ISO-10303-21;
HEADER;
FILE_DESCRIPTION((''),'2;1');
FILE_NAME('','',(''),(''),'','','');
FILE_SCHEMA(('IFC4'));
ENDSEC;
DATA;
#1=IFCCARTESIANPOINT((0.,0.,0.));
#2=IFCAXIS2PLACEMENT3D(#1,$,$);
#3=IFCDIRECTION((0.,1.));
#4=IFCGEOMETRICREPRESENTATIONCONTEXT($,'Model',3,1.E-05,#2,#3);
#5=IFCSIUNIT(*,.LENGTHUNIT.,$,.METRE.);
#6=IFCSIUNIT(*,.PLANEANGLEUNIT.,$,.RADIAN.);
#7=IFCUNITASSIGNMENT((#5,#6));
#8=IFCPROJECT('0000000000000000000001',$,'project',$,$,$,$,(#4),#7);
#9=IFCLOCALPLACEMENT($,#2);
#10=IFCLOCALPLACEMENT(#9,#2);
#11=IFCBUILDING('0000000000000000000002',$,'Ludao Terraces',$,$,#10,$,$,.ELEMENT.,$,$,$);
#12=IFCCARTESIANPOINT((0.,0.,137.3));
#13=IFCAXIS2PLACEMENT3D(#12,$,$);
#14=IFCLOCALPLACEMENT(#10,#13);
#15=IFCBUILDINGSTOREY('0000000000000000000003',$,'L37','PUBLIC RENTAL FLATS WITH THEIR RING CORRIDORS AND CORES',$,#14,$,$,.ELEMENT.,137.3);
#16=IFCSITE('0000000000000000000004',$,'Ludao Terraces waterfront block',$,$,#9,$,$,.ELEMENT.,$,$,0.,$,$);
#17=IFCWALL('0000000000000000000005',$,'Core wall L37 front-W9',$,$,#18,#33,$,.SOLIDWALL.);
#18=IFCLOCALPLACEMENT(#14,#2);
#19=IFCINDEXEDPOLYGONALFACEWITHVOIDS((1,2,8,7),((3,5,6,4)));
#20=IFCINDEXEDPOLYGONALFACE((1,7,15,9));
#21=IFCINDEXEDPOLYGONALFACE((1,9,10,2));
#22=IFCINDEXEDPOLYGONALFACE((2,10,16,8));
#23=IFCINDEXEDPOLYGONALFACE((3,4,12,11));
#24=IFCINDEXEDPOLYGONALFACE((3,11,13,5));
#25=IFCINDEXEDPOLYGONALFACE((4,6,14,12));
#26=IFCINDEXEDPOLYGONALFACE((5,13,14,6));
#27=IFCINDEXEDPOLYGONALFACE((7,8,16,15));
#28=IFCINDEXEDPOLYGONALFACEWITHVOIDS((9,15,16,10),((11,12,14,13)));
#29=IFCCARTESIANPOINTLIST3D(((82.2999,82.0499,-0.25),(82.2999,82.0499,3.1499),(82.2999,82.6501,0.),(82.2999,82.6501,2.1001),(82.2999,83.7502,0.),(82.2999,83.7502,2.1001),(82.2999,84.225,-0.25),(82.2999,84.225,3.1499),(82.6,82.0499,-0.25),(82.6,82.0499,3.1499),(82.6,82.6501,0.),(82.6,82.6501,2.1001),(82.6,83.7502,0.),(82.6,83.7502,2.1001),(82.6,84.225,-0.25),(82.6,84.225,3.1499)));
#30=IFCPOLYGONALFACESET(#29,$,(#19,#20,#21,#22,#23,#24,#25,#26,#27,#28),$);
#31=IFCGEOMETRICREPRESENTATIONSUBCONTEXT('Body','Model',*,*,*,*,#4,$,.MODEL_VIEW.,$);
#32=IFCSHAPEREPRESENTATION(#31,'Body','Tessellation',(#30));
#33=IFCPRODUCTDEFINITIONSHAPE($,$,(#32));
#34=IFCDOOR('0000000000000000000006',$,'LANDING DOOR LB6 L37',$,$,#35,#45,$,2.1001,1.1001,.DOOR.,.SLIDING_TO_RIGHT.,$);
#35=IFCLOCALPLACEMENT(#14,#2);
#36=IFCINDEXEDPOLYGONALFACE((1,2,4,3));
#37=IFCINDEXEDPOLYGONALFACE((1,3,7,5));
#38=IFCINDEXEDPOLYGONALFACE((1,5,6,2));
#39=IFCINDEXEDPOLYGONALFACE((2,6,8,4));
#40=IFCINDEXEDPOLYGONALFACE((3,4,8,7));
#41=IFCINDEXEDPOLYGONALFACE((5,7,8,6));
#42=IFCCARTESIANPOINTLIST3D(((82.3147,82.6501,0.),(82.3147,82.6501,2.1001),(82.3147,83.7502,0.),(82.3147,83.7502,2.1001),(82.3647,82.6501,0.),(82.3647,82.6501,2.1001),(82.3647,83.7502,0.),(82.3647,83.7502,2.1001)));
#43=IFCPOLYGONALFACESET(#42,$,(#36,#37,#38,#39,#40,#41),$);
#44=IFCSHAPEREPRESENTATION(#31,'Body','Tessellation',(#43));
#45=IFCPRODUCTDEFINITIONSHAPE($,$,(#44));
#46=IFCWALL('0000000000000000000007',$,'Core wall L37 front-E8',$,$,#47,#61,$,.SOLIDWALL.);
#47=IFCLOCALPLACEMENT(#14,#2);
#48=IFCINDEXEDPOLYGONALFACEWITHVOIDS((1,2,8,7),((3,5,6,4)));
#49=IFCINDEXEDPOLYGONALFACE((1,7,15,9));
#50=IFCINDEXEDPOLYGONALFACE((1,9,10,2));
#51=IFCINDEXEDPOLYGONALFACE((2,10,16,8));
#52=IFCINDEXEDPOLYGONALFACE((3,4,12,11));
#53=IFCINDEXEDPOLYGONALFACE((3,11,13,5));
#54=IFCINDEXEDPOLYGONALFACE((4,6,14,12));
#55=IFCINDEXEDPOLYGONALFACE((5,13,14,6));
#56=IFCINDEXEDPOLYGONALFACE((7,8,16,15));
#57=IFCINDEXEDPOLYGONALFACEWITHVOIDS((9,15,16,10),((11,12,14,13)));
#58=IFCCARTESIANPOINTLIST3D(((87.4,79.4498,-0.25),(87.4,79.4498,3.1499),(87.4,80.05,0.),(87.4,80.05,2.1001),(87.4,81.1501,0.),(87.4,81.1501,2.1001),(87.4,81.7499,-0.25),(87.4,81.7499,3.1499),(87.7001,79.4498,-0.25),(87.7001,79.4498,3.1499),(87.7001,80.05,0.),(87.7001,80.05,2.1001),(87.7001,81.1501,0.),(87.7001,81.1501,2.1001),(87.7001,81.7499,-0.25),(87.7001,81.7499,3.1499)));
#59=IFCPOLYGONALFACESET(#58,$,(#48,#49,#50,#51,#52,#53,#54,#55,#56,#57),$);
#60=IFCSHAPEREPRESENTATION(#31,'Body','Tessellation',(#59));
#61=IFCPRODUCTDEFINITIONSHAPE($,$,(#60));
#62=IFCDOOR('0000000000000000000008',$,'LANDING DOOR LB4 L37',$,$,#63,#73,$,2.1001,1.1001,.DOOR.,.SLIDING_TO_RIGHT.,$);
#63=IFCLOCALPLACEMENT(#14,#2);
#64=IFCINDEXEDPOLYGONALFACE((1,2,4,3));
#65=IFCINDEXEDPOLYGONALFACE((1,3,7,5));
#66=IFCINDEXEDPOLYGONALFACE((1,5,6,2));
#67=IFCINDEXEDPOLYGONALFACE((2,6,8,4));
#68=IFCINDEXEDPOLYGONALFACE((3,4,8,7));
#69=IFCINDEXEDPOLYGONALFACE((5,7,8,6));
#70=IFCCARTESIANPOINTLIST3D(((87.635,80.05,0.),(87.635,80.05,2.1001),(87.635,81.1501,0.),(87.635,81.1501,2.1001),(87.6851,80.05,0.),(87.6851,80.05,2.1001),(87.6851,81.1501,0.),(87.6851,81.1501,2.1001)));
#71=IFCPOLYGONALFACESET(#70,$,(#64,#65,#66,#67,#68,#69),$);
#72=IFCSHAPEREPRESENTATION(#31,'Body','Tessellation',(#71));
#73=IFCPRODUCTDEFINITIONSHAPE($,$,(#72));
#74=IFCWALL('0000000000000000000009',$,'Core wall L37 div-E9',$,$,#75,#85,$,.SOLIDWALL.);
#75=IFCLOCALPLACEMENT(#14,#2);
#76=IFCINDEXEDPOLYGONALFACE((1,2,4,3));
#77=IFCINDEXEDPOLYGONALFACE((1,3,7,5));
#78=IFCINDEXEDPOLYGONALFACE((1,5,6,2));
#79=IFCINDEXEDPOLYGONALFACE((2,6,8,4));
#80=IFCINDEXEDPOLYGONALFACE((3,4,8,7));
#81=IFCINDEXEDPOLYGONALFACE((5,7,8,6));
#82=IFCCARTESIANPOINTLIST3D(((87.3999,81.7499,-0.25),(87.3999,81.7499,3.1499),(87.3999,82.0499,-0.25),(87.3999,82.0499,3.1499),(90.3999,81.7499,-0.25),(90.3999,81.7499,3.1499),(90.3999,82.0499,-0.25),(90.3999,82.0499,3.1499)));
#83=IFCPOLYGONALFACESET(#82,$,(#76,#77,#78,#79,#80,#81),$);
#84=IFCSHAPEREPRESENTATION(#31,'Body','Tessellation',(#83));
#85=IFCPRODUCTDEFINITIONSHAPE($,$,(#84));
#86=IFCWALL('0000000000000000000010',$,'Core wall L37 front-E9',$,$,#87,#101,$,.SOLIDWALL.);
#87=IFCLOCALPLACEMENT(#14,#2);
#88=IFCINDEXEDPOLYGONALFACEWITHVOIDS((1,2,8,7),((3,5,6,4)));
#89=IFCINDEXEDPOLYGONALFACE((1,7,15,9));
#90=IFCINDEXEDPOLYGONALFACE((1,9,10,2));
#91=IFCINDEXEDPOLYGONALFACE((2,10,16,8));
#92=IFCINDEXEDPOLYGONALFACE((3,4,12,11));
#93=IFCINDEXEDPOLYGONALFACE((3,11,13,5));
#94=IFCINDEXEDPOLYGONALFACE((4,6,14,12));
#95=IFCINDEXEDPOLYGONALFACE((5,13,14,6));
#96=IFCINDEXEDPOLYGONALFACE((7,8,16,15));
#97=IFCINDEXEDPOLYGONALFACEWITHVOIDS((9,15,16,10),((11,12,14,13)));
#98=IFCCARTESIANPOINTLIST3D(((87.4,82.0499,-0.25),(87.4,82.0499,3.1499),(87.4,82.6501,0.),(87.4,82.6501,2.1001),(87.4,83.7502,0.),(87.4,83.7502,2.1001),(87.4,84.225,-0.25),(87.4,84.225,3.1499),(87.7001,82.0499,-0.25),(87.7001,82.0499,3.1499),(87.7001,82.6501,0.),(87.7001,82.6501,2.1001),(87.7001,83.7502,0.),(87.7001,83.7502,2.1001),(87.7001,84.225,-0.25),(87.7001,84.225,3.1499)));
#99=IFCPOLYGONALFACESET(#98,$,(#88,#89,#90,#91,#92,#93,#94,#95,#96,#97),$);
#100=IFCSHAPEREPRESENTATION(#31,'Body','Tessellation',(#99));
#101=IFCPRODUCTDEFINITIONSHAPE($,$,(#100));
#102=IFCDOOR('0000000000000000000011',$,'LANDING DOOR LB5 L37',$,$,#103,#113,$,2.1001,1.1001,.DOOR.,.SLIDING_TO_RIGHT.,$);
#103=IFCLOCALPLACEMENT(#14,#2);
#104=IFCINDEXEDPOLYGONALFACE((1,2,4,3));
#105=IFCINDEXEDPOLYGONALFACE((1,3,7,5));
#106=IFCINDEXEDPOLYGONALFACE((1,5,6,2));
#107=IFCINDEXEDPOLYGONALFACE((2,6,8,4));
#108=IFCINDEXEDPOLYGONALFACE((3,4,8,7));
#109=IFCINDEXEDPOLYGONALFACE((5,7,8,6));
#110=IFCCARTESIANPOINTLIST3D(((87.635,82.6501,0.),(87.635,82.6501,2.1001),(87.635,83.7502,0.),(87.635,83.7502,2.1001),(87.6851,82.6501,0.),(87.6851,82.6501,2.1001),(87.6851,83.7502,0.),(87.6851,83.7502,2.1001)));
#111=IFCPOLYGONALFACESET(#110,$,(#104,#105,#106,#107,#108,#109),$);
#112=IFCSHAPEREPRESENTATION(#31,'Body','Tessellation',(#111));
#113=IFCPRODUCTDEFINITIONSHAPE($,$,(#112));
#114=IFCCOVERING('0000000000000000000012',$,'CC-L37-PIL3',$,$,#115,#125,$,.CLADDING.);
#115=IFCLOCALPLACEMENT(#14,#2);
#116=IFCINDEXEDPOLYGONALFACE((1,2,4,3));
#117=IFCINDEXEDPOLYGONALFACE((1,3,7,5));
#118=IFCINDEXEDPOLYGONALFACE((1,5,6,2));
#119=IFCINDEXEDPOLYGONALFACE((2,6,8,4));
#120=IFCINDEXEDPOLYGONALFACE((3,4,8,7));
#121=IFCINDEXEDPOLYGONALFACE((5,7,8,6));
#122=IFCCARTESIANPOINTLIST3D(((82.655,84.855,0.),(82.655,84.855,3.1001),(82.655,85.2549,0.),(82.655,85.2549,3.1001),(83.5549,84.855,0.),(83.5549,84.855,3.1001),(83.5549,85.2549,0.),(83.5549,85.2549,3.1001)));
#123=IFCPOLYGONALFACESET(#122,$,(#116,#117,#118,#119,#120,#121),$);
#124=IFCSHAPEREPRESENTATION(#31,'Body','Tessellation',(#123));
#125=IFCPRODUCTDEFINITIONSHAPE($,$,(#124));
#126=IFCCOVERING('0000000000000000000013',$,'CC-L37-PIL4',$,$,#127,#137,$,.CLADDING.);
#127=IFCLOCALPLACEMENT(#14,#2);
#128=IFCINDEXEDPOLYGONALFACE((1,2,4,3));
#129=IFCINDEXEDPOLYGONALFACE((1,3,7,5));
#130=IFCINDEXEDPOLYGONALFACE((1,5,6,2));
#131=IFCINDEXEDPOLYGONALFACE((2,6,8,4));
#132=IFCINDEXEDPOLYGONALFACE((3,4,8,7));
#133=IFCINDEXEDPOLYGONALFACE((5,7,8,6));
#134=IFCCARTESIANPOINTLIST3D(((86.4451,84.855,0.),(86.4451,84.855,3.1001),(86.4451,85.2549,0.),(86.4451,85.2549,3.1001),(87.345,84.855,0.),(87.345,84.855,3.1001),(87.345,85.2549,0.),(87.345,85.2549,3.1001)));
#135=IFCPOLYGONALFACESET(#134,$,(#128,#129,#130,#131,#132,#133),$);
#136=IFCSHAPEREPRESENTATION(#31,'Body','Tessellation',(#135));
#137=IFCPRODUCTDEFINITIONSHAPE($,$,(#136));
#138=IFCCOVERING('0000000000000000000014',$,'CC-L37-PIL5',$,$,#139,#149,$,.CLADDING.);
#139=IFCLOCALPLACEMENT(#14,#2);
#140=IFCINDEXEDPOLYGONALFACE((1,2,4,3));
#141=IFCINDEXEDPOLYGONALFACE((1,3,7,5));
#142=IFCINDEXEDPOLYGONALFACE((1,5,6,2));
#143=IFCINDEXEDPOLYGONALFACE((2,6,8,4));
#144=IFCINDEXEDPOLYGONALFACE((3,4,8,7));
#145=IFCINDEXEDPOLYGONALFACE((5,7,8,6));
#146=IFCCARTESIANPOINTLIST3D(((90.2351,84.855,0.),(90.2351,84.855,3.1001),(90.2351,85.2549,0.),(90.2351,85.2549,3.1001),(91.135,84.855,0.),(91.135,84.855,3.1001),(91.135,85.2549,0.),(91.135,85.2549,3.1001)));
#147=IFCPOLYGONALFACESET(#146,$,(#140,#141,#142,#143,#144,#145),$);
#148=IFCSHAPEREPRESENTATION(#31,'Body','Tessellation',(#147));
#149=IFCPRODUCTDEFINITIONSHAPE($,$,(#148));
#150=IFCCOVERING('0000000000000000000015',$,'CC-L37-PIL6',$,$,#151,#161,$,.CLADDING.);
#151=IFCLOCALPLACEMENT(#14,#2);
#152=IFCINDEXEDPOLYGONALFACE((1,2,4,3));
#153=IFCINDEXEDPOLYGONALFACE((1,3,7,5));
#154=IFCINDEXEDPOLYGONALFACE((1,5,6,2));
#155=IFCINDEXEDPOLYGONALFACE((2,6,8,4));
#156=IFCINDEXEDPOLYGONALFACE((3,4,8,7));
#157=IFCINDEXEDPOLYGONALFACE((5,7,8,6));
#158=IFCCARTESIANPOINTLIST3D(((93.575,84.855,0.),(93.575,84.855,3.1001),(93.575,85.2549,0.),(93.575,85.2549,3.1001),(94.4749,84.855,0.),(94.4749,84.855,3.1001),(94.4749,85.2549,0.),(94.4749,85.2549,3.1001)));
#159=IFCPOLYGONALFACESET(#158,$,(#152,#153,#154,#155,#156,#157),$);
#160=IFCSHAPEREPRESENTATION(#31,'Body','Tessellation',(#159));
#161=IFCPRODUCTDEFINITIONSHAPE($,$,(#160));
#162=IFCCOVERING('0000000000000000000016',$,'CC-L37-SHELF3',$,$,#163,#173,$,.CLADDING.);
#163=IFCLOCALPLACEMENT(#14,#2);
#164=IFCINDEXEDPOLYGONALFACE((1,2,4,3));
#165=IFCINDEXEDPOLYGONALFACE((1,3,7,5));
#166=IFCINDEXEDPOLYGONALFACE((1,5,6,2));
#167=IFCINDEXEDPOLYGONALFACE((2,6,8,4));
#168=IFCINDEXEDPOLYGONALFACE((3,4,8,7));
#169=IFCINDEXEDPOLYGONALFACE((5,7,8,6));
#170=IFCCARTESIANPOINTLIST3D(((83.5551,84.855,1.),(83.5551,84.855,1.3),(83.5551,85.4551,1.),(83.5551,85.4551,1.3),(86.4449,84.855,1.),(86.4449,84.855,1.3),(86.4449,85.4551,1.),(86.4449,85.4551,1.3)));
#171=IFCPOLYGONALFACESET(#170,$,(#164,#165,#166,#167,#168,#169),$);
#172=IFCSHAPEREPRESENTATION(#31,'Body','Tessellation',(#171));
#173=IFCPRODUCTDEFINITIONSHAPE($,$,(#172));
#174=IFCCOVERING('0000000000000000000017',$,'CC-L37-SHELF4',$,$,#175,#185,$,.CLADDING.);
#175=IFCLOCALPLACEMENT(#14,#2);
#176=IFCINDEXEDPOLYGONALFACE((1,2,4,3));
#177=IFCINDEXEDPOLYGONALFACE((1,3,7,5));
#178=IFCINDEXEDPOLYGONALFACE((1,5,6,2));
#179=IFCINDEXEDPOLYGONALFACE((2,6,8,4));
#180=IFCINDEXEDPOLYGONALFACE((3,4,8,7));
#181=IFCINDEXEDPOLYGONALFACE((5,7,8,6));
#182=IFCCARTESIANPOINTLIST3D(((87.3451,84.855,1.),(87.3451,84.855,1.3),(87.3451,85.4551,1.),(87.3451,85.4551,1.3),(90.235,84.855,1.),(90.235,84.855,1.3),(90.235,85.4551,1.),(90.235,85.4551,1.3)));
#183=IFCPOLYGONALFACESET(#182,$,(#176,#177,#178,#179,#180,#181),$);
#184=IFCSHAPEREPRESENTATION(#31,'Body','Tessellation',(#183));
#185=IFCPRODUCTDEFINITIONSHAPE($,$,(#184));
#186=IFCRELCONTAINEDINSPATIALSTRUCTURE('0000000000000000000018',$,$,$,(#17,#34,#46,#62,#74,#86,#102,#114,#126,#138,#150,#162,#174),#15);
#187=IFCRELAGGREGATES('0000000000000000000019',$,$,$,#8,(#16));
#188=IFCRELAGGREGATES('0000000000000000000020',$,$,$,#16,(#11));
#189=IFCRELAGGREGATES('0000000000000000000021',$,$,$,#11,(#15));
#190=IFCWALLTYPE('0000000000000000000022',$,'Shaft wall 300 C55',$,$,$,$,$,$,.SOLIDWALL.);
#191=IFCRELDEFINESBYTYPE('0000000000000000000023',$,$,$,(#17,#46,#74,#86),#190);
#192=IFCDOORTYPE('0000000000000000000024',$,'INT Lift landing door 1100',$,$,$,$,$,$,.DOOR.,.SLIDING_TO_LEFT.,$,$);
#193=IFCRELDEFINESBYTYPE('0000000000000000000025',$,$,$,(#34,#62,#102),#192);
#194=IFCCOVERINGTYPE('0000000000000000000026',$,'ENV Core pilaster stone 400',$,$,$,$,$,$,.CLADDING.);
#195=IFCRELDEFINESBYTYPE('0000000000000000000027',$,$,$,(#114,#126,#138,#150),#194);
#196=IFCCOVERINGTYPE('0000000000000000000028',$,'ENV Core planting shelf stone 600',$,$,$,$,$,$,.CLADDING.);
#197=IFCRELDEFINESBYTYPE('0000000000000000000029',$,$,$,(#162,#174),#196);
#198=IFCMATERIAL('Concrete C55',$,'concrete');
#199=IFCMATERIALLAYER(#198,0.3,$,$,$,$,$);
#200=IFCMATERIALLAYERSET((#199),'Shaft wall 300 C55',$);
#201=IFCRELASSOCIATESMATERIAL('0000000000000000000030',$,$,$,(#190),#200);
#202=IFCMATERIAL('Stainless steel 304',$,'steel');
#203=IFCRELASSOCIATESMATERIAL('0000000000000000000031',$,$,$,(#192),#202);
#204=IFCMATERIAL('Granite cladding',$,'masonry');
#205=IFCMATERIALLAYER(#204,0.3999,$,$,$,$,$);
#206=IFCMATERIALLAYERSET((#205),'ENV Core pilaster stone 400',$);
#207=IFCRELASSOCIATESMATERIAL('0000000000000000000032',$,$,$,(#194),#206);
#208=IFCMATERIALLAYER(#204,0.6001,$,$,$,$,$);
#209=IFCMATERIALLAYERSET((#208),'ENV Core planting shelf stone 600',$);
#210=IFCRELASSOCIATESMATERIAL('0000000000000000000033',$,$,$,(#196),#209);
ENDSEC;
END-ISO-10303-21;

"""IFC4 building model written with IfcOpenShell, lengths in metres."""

from ifc_helpers import new_model, si_unit, direction, frame, frame_2d, origin, origin_2d, place, context, subcontext, project, spatial, rectangle, extrude, material, layer, layer_set, type_object, element, fill, save


model = new_model("IFC4")

# Units and contexts
model_context = context("Model", 3, precision=1e-05, world=origin(), true_north=direction((0.0, 1.0)))
body_context = subcontext(model_context, "Body", "Model", "MODEL_VIEW")
ifc_project = project(units=[si_unit("LENGTHUNIT", "METRE"), si_unit("PLANEANGLEUNIT", "RADIAN")], contexts=[model_context])

# Site, building, storey
site_placement = place(None, origin())
site = spatial("IfcSite", under=ifc_project, at=site_placement, Name="Ludao Terraces waterfront block", CompositionType="ELEMENT", RefElevation=0.0)
building_placement = place(site_placement, origin())
building = spatial("IfcBuilding", under=site, at=building_placement, Name="Ludao Terraces", CompositionType="ELEMENT")
storey_placement = place(building_placement, frame((0.0, 0.0, 137.3)))
storey = spatial("IfcBuildingStorey", under=building, at=storey_placement, Name="L37", Description="PUBLIC RENTAL FLATS WITH THEIR RING CORRIDORS AND CORES", CompositionType="ELEMENT", Elevation=137.3)

# Walls, openings, doors
ifc_material_1 = material(Name="Concrete C55", Category="concrete")
ifc_layer_1 = layer(ifc_material_1, 0.3)
ifc_layer_set_1 = layer_set([ifc_layer_1], Name="Shaft wall 300 C55")
wall_type = type_object("IfcWallType", Name="Shaft wall 300 C55", PredefinedType="SOLIDWALL", material=ifc_layer_set_1)
wall_1_placement = place(storey_placement, frame((82.45, 82.05, -0.25), z_axis=(0.0, 0.0, 1.0), x_axis=(0.0, 1.0, 0.0)))
wall_1 = element("IfcWall", 1, at=wall_1_placement, inside=storey, type_object=wall_type, Name="Core wall L37 front-W9", PredefinedType="SOLIDWALL", context=body_context, shape_type="SweptSolid", body=[
    extrude(rectangle(XDim=2.175, YDim=0.3, at=frame_2d((1.0874, 0.0))), origin(), (0.0, 0.0, 1.0), 3.3999),
])
opening_1_placement = place(wall_1_placement, frame((0.6001, 0.0, 0.25)))
opening_1 = element("IfcOpeningElement", 2, at=opening_1_placement, cuts=wall_1, PredefinedType="OPENING", context=body_context, shape_type="SweptSolid", body=[
    extrude(rectangle(XDim=1.1001, YDim=2.1001, at=frame_2d((0.55, 1.05))), frame((0.0, 0.1602, 0.0), z_axis=(0.0, -1.0, 0.0), x_axis=(1.0, 0.0, 0.0)), (0.0, 0.0, 1.0), 0.3201),
])
ifc_material_2 = material(Name="Stainless steel 304", Category="steel")
door_type = type_object("IfcDoorType", Name="INT Lift landing door 1100", OperationType="SLIDING_TO_LEFT", PredefinedType="DOOR", material=ifc_material_2)
door_1_placement = place(opening_1_placement, origin())
door_1 = element("IfcDoor", 3, at=door_1_placement, inside=storey, type_object=door_type, Name="LANDING DOOR LB6 L37", OperationType="SLIDING_TO_RIGHT", OverallHeight=2.1001, OverallWidth=1.1001, PredefinedType="DOOR", context=body_context, shape_type="SweptSolid", body=[
    extrude(rectangle(XDim=1.1001, YDim=2.1001, at=frame_2d((0.55, 1.05))), frame((0.0, 0.1353, 0.0), z_axis=(0.0, -1.0, 0.0), x_axis=(1.0, 0.0, 0.0)), (0.0, 0.0, 1.0), 0.05),
])
fill(opening_1, door_1)
wall_2_placement = place(storey_placement, frame((87.55, 79.45, -0.25), z_axis=(0.0, 0.0, 1.0), x_axis=(0.0, 1.0, 0.0)))
wall_2 = element("IfcWall", 4, at=wall_2_placement, inside=storey, type_object=wall_type, Name="Core wall L37 front-E8", PredefinedType="SOLIDWALL", context=body_context, shape_type="SweptSolid", body=[
    extrude(rectangle(XDim=2.3, YDim=0.3, at=frame_2d((1.1499, 0.0))), origin(), (0.0, 0.0, 1.0), 3.3999),
])
opening_2_placement = place(wall_2_placement, frame((0.6001, 0.0, 0.25)))
opening_2 = element("IfcOpeningElement", 5, at=opening_2_placement, cuts=wall_2, PredefinedType="OPENING", context=body_context, shape_type="SweptSolid", body=[
    extrude(rectangle(XDim=1.1001, YDim=2.1001, at=frame_2d((0.55, 1.05))), frame((0.0, 0.1602, 0.0), z_axis=(0.0, -1.0, 0.0), x_axis=(1.0, 0.0, 0.0)), (0.0, 0.0, 1.0), 0.3201),
])
door_2_placement = place(opening_2_placement, origin())
door_2 = element("IfcDoor", 6, at=door_2_placement, inside=storey, type_object=door_type, Name="LANDING DOOR LB4 L37", OperationType="SLIDING_TO_RIGHT", OverallHeight=2.1001, OverallWidth=1.1001, PredefinedType="DOOR", context=body_context, shape_type="SweptSolid", body=[
    extrude(rectangle(XDim=1.1001, YDim=2.1001, at=frame_2d((0.55, 1.05))), frame((0.0, -0.085, 0.0), z_axis=(0.0, -1.0, 0.0), x_axis=(1.0, 0.0, 0.0)), (0.0, 0.0, 1.0), 0.05),
])
fill(opening_2, door_2)

# Wall
wall_3_placement = place(storey_placement, frame((87.3999, 81.8999, -0.25), z_axis=(0.0, 0.0, 1.0), x_axis=(1.0, 0.0, 0.0)))
element("IfcWall", 7, at=wall_3_placement, inside=storey, type_object=wall_type, Name="Core wall L37 div-E9", PredefinedType="SOLIDWALL", context=body_context, shape_type="SweptSolid", body=[
    extrude(rectangle(XDim=3.0, YDim=0.3, at=frame_2d((1.5, 0.0))), origin(), (0.0, 0.0, 1.0), 3.3999),
])

# Wall, opening, door
wall_4_placement = place(storey_placement, frame((87.55, 82.05, -0.25), z_axis=(0.0, 0.0, 1.0), x_axis=(0.0, 1.0, 0.0)))
wall_4 = element("IfcWall", 8, at=wall_4_placement, inside=storey, type_object=wall_type, Name="Core wall L37 front-E9", PredefinedType="SOLIDWALL", context=body_context, shape_type="SweptSolid", body=[
    extrude(rectangle(XDim=2.175, YDim=0.3, at=frame_2d((1.0874, 0.0))), origin(), (0.0, 0.0, 1.0), 3.3999),
])
opening_3_placement = place(wall_4_placement, frame((0.6001, 0.0, 0.25)))
opening_3 = element("IfcOpeningElement", 9, at=opening_3_placement, cuts=wall_4, PredefinedType="OPENING", context=body_context, shape_type="SweptSolid", body=[
    extrude(rectangle(XDim=1.1001, YDim=2.1001, at=frame_2d((0.55, 1.05))), frame((0.0, 0.1602, 0.0), z_axis=(0.0, -1.0, 0.0), x_axis=(1.0, 0.0, 0.0)), (0.0, 0.0, 1.0), 0.3201),
])
door_3_placement = place(opening_3_placement, origin())
door_3 = element("IfcDoor", 10, at=door_3_placement, inside=storey, type_object=door_type, Name="LANDING DOOR LB5 L37", OperationType="SLIDING_TO_RIGHT", OverallHeight=2.1001, OverallWidth=1.1001, PredefinedType="DOOR", context=body_context, shape_type="SweptSolid", body=[
    extrude(rectangle(XDim=1.1001, YDim=2.1001, at=frame_2d((0.55, 1.05))), frame((0.0, -0.085, 0.0), z_axis=(0.0, -1.0, 0.0), x_axis=(1.0, 0.0, 0.0)), (0.0, 0.0, 1.0), 0.05),
])
fill(opening_3, door_3)

# Coverings
ifc_material_3 = material(Name="Granite cladding", Category="masonry")
ifc_layer_2 = layer(ifc_material_3, 0.3999)
ifc_layer_set_2 = layer_set([ifc_layer_2], Name="ENV Core pilaster stone 400")
covering_type_1 = type_object("IfcCoveringType", Name="ENV Core pilaster stone 400", PredefinedType="CLADDING", material=ifc_layer_set_2)
for number, where, z_axis, x_axis, name in (
    (11, (83.105, 85.0549, 0.0), (0.0, 0.0, 1.0), (1.0, 0.0, 0.0), "CC-L37-PIL3"),
    (12, (86.895, 85.0549, 0.0), (0.0, 0.0, 1.0), (1.0, 0.0, 0.0), "CC-L37-PIL4"),
    (13, (90.6851, 85.0549, 0.0), (0.0, 0.0, 1.0), (1.0, 0.0, 0.0), "CC-L37-PIL5"),
    (14, (94.0249, 85.0549, 0.0), (0.0, 0.0, 1.0), (1.0, 0.0, 0.0), "CC-L37-PIL6"),
):
    element("IfcCovering", number, at=place(storey_placement, frame(where, z_axis=z_axis, x_axis=x_axis)), inside=storey, type_object=covering_type_1, Name=name, PredefinedType="CLADDING", context=body_context, shape_type="SweptSolid", body=[
        extrude(rectangle(XDim=0.8999, YDim=0.3999, at=origin_2d()), origin(), (0.0, 0.0, 1.0), 3.1001),
    ])
ifc_layer_3 = layer(ifc_material_3, 0.6001)
ifc_layer_set_3 = layer_set([ifc_layer_3], Name="ENV Core planting shelf stone 600")
covering_type_2 = type_object("IfcCoveringType", Name="ENV Core planting shelf stone 600", PredefinedType="CLADDING", material=ifc_layer_set_3)
for number, where, z_axis, x_axis, name in (
    (15, (85.0, 85.155, 1.0), (0.0, 0.0, 1.0), (1.0, 0.0, 0.0), "CC-L37-SHELF3"),
    (16, (88.79, 85.155, 1.0), (0.0, 0.0, 1.0), (1.0, 0.0, 0.0), "CC-L37-SHELF4"),
):
    element("IfcCovering", number, at=place(storey_placement, frame(where, z_axis=z_axis, x_axis=x_axis)), inside=storey, type_object=covering_type_2, Name=name, PredefinedType="CLADDING", context=body_context, shape_type="SweptSolid", body=[
        extrude(rectangle(XDim=2.8899, YDim=0.6001, at=origin_2d()), origin(), (0.0, 0.0, 1.0), 0.3),
    ])

save(model, "model.ifc")
